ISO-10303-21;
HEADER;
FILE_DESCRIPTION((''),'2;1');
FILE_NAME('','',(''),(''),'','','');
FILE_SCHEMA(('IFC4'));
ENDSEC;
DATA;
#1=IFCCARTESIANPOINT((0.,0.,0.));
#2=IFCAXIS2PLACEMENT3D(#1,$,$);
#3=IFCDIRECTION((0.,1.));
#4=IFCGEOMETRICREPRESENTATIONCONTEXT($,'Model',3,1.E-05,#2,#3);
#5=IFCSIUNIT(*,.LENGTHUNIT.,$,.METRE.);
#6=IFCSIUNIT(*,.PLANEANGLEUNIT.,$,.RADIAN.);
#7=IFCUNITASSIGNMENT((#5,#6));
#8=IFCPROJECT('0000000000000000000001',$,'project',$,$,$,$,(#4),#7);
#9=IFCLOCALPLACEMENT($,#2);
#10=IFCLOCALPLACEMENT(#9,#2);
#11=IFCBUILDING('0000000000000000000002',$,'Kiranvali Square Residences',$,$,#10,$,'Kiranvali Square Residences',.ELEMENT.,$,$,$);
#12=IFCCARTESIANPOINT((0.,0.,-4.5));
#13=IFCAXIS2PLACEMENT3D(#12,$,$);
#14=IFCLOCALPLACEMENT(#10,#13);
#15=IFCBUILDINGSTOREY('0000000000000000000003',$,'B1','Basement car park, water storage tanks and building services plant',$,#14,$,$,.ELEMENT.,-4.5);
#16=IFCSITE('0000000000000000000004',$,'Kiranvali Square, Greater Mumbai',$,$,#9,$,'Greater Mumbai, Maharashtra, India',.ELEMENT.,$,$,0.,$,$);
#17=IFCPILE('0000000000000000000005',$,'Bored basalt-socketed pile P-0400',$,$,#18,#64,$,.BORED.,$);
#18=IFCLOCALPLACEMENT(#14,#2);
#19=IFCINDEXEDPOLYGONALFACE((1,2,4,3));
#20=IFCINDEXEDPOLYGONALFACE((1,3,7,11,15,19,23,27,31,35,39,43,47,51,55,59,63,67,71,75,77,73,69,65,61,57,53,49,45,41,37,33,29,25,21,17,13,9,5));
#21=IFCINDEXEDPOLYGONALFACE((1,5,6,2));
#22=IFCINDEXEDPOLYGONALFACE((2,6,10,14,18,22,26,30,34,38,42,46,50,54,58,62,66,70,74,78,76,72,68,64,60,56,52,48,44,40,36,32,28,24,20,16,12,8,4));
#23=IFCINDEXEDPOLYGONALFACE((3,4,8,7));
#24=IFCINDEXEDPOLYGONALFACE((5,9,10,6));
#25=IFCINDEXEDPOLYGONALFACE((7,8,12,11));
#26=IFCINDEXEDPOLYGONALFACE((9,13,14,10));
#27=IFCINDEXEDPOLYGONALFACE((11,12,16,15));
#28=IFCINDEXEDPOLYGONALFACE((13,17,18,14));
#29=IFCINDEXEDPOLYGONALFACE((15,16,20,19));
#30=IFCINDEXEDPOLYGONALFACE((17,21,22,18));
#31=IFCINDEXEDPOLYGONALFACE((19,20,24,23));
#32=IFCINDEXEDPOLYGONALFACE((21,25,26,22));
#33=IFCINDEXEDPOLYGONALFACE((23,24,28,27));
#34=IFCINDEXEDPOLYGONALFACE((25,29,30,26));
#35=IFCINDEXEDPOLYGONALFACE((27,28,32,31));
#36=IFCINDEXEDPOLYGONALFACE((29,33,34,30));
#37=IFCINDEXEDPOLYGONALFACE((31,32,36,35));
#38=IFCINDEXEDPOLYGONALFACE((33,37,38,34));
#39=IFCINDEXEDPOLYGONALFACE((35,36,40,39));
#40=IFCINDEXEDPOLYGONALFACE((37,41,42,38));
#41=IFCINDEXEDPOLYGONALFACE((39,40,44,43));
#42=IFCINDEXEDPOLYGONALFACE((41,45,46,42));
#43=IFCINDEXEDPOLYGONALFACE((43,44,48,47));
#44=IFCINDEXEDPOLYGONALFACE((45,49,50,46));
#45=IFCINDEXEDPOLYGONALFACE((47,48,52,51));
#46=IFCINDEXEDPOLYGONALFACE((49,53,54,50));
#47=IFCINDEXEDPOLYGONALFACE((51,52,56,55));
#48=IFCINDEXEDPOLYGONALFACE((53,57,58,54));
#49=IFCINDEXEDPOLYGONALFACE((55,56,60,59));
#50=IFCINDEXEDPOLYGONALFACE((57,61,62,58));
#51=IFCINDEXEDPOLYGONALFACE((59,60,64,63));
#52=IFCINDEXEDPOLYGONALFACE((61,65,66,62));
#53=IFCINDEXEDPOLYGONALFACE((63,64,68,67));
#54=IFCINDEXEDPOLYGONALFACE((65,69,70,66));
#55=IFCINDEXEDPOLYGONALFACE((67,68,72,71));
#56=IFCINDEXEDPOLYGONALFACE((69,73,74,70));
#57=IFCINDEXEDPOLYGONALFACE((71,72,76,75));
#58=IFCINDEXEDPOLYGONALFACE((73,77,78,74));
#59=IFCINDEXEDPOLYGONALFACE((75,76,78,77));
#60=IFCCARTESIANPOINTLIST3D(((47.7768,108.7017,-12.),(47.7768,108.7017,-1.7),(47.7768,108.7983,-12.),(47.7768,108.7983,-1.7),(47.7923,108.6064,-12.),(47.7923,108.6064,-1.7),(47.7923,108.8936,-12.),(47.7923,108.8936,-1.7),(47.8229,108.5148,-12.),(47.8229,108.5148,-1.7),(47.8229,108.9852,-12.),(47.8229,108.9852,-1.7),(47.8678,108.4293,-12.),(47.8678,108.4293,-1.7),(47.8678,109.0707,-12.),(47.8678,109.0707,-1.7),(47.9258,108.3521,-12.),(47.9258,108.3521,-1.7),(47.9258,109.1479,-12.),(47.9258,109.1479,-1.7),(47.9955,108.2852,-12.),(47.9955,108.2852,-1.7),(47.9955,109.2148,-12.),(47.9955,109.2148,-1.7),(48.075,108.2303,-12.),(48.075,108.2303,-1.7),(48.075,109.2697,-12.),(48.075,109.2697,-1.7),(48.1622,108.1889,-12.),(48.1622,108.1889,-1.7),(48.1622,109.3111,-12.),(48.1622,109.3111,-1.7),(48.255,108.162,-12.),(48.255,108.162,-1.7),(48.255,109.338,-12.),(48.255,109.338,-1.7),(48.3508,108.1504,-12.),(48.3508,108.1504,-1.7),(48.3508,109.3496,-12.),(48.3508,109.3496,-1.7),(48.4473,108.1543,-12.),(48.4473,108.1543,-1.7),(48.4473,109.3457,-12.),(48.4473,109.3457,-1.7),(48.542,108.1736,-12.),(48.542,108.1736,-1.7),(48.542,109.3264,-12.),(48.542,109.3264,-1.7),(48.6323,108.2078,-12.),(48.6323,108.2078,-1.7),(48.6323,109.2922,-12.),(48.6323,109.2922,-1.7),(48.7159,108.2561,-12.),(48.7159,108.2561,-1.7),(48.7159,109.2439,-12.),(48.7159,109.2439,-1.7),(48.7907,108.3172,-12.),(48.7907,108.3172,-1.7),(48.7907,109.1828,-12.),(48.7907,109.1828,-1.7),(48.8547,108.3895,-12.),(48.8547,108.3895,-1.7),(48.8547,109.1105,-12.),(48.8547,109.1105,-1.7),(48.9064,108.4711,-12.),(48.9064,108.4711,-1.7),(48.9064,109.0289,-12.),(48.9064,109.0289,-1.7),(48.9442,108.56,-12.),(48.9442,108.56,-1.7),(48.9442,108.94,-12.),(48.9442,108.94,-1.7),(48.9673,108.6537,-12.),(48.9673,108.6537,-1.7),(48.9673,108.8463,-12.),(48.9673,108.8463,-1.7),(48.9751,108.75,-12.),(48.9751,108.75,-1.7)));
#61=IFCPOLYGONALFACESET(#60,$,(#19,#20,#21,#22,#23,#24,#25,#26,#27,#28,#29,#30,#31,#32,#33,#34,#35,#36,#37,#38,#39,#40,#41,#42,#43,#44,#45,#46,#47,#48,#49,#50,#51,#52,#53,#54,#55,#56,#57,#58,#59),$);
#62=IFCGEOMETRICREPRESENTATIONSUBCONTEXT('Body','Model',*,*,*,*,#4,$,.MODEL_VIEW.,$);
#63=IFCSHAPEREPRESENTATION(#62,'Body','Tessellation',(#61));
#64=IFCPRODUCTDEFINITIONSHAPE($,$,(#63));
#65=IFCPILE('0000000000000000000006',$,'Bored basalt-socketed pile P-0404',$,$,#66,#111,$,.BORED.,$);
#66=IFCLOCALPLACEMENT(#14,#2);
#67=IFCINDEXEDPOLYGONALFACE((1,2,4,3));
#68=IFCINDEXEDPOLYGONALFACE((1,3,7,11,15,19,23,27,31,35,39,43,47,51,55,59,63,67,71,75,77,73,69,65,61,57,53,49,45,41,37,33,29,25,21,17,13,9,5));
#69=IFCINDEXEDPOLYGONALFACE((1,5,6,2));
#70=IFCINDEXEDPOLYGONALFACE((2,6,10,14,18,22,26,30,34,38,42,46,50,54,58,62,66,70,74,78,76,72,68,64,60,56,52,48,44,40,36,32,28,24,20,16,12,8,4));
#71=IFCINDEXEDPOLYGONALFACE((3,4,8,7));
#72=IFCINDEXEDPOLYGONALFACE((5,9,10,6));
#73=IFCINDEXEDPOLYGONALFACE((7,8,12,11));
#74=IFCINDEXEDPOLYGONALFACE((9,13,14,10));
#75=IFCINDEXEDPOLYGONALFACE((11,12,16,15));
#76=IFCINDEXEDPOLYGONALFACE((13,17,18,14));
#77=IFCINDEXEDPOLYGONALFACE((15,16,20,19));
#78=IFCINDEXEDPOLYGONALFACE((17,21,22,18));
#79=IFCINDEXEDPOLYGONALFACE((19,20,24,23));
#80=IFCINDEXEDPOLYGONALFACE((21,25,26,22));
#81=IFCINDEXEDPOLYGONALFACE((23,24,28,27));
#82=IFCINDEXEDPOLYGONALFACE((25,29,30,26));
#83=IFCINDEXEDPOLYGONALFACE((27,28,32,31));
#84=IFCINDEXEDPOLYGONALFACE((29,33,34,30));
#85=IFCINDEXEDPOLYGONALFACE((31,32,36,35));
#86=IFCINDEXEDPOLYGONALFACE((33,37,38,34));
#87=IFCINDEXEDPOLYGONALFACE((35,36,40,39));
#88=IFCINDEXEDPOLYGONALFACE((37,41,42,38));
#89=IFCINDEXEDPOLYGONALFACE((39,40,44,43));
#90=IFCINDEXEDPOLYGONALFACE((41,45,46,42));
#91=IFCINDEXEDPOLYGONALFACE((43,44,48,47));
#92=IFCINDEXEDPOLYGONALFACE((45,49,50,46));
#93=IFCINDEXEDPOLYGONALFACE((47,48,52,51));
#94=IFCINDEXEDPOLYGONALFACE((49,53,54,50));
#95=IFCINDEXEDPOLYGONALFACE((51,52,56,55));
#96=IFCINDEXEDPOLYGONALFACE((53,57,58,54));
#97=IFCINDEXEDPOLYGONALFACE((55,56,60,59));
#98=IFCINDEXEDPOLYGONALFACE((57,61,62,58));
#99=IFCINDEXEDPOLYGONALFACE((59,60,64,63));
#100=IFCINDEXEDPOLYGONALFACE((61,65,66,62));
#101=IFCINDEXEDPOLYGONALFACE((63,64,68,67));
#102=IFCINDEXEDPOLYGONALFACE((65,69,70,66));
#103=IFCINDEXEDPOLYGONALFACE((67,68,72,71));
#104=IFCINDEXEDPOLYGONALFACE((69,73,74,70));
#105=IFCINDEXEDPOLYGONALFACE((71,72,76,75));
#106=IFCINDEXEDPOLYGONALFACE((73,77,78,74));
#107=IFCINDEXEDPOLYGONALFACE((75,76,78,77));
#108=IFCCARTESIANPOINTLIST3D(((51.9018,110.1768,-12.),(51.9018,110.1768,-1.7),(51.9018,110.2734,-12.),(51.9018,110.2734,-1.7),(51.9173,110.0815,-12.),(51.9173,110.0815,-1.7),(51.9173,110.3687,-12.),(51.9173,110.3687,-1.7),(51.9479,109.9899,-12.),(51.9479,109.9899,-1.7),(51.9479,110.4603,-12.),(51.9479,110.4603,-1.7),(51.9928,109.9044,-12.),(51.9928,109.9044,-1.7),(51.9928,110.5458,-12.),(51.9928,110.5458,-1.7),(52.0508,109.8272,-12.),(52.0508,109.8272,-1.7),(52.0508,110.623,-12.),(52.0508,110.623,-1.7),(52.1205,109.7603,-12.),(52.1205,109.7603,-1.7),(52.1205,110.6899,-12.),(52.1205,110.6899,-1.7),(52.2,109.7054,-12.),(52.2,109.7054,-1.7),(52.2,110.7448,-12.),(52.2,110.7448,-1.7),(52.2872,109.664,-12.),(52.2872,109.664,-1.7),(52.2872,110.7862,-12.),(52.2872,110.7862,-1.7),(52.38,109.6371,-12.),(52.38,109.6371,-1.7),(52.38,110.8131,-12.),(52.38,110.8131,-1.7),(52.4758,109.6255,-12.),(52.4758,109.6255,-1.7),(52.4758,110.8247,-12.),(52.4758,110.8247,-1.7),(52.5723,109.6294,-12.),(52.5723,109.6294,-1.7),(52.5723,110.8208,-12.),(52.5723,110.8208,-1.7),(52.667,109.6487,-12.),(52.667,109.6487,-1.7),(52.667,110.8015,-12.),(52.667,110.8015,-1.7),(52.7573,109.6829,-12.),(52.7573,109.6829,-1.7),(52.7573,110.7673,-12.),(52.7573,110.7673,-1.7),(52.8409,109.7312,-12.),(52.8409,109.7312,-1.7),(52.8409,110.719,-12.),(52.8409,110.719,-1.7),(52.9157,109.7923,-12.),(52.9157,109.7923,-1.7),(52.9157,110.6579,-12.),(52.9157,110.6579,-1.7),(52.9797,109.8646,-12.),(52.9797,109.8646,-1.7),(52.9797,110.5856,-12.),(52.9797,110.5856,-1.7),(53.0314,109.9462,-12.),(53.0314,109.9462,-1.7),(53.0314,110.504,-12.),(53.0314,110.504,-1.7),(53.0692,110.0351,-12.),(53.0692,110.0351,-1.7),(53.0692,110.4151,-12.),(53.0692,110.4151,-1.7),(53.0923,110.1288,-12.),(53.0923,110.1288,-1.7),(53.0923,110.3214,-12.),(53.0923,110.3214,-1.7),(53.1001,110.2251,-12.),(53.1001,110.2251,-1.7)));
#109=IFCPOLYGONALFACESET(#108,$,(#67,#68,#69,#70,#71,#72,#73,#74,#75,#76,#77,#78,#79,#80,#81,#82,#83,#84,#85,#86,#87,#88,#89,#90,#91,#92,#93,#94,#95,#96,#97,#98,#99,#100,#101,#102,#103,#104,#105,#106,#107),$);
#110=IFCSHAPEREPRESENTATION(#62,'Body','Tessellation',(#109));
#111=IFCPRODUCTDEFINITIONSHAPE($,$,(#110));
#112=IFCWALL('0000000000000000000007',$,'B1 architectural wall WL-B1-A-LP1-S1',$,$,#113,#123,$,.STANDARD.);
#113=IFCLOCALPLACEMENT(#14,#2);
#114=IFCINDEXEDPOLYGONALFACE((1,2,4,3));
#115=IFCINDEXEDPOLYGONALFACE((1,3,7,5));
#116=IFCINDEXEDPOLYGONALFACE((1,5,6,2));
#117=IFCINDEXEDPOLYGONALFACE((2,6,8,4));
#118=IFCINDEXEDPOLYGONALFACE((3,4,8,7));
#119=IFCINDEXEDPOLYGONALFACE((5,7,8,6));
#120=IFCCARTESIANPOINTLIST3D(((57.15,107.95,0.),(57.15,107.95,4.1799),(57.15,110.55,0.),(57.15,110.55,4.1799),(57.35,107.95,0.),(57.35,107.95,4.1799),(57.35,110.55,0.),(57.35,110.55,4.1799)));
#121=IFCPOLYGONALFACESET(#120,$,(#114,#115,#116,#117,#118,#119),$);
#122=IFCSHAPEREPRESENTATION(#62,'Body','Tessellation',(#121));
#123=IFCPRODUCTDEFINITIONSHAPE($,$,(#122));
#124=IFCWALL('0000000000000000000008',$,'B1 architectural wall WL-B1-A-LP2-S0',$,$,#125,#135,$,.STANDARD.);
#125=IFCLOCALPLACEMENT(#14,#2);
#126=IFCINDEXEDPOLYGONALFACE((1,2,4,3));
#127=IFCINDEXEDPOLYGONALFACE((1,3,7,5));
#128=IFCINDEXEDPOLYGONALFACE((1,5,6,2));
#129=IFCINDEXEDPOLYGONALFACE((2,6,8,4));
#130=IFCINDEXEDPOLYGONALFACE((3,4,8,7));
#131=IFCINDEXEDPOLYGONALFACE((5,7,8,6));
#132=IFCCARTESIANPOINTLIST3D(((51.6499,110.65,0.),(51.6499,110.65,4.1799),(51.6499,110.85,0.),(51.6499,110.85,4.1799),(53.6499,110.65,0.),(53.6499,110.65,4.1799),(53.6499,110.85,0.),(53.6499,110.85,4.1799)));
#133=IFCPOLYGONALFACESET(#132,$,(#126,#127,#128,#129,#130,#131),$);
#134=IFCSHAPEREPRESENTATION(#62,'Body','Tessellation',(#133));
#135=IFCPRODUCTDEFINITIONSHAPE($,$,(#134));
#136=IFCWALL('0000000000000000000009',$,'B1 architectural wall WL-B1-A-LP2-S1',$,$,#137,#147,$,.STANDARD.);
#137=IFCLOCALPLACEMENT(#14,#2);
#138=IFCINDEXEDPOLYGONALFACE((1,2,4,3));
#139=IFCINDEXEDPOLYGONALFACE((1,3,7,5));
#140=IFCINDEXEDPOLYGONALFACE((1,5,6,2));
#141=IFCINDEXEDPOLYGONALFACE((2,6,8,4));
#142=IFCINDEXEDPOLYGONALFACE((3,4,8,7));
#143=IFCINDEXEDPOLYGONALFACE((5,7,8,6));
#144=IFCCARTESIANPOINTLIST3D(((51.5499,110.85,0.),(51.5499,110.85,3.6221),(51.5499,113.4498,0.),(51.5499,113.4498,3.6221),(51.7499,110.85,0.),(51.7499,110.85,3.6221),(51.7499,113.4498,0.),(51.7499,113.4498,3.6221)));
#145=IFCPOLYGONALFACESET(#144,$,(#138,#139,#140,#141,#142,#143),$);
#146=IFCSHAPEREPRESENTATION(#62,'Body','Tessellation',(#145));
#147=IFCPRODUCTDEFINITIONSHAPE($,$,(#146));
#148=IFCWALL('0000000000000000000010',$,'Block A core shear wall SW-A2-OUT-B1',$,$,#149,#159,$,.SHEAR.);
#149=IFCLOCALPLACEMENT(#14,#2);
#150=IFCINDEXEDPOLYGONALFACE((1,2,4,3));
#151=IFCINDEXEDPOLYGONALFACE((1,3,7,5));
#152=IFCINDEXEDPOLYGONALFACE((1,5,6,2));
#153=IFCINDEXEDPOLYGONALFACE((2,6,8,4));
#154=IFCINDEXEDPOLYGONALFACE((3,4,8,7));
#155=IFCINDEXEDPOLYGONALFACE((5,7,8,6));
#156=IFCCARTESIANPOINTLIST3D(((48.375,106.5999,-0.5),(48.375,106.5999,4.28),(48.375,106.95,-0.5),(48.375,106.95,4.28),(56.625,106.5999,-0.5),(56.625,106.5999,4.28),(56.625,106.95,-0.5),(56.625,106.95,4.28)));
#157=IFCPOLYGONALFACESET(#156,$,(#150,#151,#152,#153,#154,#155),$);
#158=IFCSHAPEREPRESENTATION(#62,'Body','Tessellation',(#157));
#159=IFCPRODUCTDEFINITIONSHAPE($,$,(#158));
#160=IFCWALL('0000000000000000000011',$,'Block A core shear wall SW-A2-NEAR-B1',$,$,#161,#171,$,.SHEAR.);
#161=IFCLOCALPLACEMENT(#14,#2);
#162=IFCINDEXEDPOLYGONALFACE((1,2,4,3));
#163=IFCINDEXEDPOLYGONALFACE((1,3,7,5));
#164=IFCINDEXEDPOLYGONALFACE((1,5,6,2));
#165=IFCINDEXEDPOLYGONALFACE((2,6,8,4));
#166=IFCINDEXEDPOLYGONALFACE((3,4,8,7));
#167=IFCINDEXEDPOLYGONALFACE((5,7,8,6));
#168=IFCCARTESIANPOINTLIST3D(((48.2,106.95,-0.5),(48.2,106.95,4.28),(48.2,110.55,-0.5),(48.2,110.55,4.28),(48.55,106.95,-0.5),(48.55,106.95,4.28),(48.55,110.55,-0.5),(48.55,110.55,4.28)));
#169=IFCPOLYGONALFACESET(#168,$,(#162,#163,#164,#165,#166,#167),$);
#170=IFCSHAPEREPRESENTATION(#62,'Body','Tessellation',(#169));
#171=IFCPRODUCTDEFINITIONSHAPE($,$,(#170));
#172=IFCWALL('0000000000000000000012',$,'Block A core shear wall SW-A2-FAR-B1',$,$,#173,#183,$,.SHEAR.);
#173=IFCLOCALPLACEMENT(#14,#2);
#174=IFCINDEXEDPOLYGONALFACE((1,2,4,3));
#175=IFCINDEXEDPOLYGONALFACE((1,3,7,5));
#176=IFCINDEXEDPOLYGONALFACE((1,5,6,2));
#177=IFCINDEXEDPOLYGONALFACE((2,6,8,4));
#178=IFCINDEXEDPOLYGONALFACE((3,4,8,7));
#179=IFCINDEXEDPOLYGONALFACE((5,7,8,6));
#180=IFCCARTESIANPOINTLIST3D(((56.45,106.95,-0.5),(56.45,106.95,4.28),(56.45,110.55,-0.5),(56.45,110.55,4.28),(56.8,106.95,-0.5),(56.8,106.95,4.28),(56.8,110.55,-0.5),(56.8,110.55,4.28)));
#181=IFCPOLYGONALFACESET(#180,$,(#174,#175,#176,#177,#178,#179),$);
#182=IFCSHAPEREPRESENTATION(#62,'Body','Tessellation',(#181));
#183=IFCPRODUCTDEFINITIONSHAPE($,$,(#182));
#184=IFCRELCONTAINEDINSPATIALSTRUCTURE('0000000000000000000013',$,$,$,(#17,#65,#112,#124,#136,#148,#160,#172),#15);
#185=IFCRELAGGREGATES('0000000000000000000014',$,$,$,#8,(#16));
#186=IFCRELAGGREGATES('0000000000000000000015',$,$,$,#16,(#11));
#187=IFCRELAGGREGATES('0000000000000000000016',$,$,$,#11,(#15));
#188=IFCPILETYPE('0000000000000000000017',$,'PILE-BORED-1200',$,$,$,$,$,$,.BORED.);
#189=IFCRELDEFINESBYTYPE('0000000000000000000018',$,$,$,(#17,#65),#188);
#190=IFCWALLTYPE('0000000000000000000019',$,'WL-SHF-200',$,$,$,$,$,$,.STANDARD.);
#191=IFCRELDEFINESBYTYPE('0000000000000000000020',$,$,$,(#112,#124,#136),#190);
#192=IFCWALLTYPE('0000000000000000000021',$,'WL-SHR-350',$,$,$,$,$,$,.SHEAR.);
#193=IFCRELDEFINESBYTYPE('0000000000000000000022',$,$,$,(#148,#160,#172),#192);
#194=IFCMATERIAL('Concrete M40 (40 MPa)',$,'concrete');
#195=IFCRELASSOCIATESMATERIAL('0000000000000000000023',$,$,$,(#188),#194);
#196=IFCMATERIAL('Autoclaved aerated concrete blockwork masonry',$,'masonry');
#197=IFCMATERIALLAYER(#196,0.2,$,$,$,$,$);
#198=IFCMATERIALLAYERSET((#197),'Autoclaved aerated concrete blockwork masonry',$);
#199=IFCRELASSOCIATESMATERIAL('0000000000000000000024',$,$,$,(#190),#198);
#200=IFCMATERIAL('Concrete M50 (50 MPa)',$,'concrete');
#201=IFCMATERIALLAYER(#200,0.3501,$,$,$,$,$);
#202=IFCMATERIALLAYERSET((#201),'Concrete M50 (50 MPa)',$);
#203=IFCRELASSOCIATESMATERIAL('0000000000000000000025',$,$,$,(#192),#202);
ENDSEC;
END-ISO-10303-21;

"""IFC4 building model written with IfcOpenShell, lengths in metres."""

from ifc_helpers import new_model, si_unit, direction, frame, frame_2d, origin, origin_2d, place, context, subcontext, project, spatial, rectangle, circle, extrude, material, layer, layer_set, material_profile, profile_set, type_object, element, save


model = new_model("IFC4")

# Units and contexts
model_context = context("Model", 3, precision=1e-05, world=origin(), true_north=direction((0.0, 1.0)))
body_context = subcontext(model_context, "Body", "Model", "MODEL_VIEW")
ifc_project = project(units=[si_unit("LENGTHUNIT", "METRE"), si_unit("PLANEANGLEUNIT", "RADIAN")], contexts=[model_context])

# Site, building, storey
site_placement = place(None, origin())
site = spatial("IfcSite", under=ifc_project, at=site_placement, Name="Kiranvali Square, Greater Mumbai", LongName="Greater Mumbai, Maharashtra, India", CompositionType="ELEMENT", RefElevation=0.0)
building_placement = place(site_placement, origin())
building = spatial("IfcBuilding", under=site, at=building_placement, Name="Kiranvali Square Residences", LongName="Kiranvali Square Residences", CompositionType="ELEMENT")
storey_placement = place(building_placement, frame((0.0, 0.0, -4.5)))
storey = spatial("IfcBuildingStorey", under=building, at=storey_placement, Name="B1", Description="Basement car park, water storage tanks and building services plant", CompositionType="ELEMENT", Elevation=-4.5)

# Shared definitions
ifc_material_1 = material(Name="Concrete M40 (40 MPa)", Category="concrete")

# Piles
ifc_material_profile_1 = material_profile(ifc_material_1, circle(Radius=0.6001, at=origin_2d()), Name="BORED PILE 1200")
ifc_profile_set_1 = profile_set([ifc_material_profile_1], Name="Concrete M40 (40 MPa)")
pile_type = type_object("IfcPileType", Name="PILE-BORED-1200", PredefinedType="BORED", material=ifc_profile_set_1)
for number, where, z_axis, x_axis, name in (
    (1, (48.375, 108.75, -1.7), (0.0, 0.0, -1.0), (1.0, 0.0, 0.0), "Bored basalt-socketed pile P-0400"),
    (2, (52.5, 110.2251, -1.7), (0.0, 0.0, -1.0), (1.0, 0.0, 0.0), "Bored basalt-socketed pile P-0404"),
):
    element("IfcPile", number, at=place(storey_placement, frame(where, z_axis=z_axis, x_axis=x_axis)), inside=storey, type_object=pile_type, Name=name, PredefinedType="BORED", context=body_context, shape_type="SweptSolid", body=[
        extrude(circle(Radius=0.6001, at=origin_2d()), origin(), (0.0, 0.0, 1.0), 10.3),
    ])

# Walls
ifc_material_2 = material(Name="Autoclaved aerated concrete blockwork masonry", Category="masonry")
ifc_layer_1 = layer(ifc_material_2, 0.2)
ifc_layer_set_1 = layer_set([ifc_layer_1], Name="Autoclaved aerated concrete blockwork masonry")
wall_type_1 = type_object("IfcWallType", Name="WL-SHF-200", PredefinedType="STANDARD", material=ifc_layer_set_1)
wall_1_placement = place(storey_placement, frame((57.25, 107.95, 0.0), z_axis=(0.0, 0.0, 1.0), x_axis=(0.0, 1.0, 0.0)))
element("IfcWall", 3, at=wall_1_placement, inside=storey, type_object=wall_type_1, Name="B1 architectural wall WL-B1-A-LP1-S1", PredefinedType="STANDARD", context=body_context, shape_type="SweptSolid", body=[
    extrude(rectangle(XDim=2.6001, YDim=0.2, at=frame_2d((1.3, 0.0))), origin(), (0.0, 0.0, 1.0), 4.1799),
])
wall_2_placement = place(storey_placement, frame((51.6499, 110.75, 0.0), z_axis=(0.0, 0.0, 1.0), x_axis=(1.0, 0.0, 0.0)))
element("IfcWall", 4, at=wall_2_placement, inside=storey, type_object=wall_type_1, Name="B1 architectural wall WL-B1-A-LP2-S0", PredefinedType="STANDARD", context=body_context, shape_type="SweptSolid", body=[
    extrude(rectangle(XDim=2.0, YDim=0.2, at=frame_2d((1.0, 0.0))), origin(), (0.0, 0.0, 1.0), 4.1799),
])
wall_3_placement = place(storey_placement, frame((51.6499, 110.8501, 0.0), z_axis=(0.0, 0.0, 1.0), x_axis=(0.0, 1.0, 0.0)))
element("IfcWall", 5, at=wall_3_placement, inside=storey, type_object=wall_type_1, Name="B1 architectural wall WL-B1-A-LP2-S1", PredefinedType="STANDARD", context=body_context, shape_type="SweptSolid", body=[
    extrude(rectangle(XDim=2.5999, YDim=0.2, at=frame_2d((1.2998, 0.0))), origin(), (0.0, 0.0, 1.0), 3.6221),
])
ifc_material_3 = material(Name="Concrete M50 (50 MPa)", Category="concrete")
ifc_layer_2 = layer(ifc_material_3, 0.3501)
ifc_layer_set_2 = layer_set([ifc_layer_2], Name="Concrete M50 (50 MPa)")
wall_type_2 = type_object("IfcWallType", Name="WL-SHR-350", PredefinedType="SHEAR", material=ifc_layer_set_2)
wall_4_placement = place(storey_placement, frame((48.375, 106.7749, -0.5), z_axis=(0.0, 0.0, 1.0), x_axis=(1.0, 0.0, 0.0)))
element("IfcWall", 6, at=wall_4_placement, inside=storey, type_object=wall_type_2, Name="Block A core shear wall SW-A2-OUT-B1", PredefinedType="SHEAR", context=body_context, shape_type="SweptSolid", body=[
    extrude(rectangle(XDim=8.25, YDim=0.3501, at=frame_2d((4.125, 0.0))), origin(), (0.0, 0.0, 1.0), 4.78),
])

# Walls
for number, where, z_axis, x_axis, name in (
    (7, (48.375, 106.95, -0.5), (0.0, 0.0, 1.0), (0.0, 1.0, 0.0), "Block A core shear wall SW-A2-NEAR-B1"),
    (8, (56.625, 106.95, -0.5), (0.0, 0.0, 1.0), (0.0, 1.0, 0.0), "Block A core shear wall SW-A2-FAR-B1"),
):
    element("IfcWall", number, at=place(storey_placement, frame(where, z_axis=z_axis, x_axis=x_axis)), inside=storey, type_object=wall_type_2, Name=name, PredefinedType="SHEAR", context=body_context, shape_type="SweptSolid", body=[
        extrude(rectangle(XDim=3.6001, YDim=0.3501, at=frame_2d((1.8, 0.0))), origin(), (0.0, 0.0, 1.0), 4.78),
    ])

save(model, "model.ifc")
